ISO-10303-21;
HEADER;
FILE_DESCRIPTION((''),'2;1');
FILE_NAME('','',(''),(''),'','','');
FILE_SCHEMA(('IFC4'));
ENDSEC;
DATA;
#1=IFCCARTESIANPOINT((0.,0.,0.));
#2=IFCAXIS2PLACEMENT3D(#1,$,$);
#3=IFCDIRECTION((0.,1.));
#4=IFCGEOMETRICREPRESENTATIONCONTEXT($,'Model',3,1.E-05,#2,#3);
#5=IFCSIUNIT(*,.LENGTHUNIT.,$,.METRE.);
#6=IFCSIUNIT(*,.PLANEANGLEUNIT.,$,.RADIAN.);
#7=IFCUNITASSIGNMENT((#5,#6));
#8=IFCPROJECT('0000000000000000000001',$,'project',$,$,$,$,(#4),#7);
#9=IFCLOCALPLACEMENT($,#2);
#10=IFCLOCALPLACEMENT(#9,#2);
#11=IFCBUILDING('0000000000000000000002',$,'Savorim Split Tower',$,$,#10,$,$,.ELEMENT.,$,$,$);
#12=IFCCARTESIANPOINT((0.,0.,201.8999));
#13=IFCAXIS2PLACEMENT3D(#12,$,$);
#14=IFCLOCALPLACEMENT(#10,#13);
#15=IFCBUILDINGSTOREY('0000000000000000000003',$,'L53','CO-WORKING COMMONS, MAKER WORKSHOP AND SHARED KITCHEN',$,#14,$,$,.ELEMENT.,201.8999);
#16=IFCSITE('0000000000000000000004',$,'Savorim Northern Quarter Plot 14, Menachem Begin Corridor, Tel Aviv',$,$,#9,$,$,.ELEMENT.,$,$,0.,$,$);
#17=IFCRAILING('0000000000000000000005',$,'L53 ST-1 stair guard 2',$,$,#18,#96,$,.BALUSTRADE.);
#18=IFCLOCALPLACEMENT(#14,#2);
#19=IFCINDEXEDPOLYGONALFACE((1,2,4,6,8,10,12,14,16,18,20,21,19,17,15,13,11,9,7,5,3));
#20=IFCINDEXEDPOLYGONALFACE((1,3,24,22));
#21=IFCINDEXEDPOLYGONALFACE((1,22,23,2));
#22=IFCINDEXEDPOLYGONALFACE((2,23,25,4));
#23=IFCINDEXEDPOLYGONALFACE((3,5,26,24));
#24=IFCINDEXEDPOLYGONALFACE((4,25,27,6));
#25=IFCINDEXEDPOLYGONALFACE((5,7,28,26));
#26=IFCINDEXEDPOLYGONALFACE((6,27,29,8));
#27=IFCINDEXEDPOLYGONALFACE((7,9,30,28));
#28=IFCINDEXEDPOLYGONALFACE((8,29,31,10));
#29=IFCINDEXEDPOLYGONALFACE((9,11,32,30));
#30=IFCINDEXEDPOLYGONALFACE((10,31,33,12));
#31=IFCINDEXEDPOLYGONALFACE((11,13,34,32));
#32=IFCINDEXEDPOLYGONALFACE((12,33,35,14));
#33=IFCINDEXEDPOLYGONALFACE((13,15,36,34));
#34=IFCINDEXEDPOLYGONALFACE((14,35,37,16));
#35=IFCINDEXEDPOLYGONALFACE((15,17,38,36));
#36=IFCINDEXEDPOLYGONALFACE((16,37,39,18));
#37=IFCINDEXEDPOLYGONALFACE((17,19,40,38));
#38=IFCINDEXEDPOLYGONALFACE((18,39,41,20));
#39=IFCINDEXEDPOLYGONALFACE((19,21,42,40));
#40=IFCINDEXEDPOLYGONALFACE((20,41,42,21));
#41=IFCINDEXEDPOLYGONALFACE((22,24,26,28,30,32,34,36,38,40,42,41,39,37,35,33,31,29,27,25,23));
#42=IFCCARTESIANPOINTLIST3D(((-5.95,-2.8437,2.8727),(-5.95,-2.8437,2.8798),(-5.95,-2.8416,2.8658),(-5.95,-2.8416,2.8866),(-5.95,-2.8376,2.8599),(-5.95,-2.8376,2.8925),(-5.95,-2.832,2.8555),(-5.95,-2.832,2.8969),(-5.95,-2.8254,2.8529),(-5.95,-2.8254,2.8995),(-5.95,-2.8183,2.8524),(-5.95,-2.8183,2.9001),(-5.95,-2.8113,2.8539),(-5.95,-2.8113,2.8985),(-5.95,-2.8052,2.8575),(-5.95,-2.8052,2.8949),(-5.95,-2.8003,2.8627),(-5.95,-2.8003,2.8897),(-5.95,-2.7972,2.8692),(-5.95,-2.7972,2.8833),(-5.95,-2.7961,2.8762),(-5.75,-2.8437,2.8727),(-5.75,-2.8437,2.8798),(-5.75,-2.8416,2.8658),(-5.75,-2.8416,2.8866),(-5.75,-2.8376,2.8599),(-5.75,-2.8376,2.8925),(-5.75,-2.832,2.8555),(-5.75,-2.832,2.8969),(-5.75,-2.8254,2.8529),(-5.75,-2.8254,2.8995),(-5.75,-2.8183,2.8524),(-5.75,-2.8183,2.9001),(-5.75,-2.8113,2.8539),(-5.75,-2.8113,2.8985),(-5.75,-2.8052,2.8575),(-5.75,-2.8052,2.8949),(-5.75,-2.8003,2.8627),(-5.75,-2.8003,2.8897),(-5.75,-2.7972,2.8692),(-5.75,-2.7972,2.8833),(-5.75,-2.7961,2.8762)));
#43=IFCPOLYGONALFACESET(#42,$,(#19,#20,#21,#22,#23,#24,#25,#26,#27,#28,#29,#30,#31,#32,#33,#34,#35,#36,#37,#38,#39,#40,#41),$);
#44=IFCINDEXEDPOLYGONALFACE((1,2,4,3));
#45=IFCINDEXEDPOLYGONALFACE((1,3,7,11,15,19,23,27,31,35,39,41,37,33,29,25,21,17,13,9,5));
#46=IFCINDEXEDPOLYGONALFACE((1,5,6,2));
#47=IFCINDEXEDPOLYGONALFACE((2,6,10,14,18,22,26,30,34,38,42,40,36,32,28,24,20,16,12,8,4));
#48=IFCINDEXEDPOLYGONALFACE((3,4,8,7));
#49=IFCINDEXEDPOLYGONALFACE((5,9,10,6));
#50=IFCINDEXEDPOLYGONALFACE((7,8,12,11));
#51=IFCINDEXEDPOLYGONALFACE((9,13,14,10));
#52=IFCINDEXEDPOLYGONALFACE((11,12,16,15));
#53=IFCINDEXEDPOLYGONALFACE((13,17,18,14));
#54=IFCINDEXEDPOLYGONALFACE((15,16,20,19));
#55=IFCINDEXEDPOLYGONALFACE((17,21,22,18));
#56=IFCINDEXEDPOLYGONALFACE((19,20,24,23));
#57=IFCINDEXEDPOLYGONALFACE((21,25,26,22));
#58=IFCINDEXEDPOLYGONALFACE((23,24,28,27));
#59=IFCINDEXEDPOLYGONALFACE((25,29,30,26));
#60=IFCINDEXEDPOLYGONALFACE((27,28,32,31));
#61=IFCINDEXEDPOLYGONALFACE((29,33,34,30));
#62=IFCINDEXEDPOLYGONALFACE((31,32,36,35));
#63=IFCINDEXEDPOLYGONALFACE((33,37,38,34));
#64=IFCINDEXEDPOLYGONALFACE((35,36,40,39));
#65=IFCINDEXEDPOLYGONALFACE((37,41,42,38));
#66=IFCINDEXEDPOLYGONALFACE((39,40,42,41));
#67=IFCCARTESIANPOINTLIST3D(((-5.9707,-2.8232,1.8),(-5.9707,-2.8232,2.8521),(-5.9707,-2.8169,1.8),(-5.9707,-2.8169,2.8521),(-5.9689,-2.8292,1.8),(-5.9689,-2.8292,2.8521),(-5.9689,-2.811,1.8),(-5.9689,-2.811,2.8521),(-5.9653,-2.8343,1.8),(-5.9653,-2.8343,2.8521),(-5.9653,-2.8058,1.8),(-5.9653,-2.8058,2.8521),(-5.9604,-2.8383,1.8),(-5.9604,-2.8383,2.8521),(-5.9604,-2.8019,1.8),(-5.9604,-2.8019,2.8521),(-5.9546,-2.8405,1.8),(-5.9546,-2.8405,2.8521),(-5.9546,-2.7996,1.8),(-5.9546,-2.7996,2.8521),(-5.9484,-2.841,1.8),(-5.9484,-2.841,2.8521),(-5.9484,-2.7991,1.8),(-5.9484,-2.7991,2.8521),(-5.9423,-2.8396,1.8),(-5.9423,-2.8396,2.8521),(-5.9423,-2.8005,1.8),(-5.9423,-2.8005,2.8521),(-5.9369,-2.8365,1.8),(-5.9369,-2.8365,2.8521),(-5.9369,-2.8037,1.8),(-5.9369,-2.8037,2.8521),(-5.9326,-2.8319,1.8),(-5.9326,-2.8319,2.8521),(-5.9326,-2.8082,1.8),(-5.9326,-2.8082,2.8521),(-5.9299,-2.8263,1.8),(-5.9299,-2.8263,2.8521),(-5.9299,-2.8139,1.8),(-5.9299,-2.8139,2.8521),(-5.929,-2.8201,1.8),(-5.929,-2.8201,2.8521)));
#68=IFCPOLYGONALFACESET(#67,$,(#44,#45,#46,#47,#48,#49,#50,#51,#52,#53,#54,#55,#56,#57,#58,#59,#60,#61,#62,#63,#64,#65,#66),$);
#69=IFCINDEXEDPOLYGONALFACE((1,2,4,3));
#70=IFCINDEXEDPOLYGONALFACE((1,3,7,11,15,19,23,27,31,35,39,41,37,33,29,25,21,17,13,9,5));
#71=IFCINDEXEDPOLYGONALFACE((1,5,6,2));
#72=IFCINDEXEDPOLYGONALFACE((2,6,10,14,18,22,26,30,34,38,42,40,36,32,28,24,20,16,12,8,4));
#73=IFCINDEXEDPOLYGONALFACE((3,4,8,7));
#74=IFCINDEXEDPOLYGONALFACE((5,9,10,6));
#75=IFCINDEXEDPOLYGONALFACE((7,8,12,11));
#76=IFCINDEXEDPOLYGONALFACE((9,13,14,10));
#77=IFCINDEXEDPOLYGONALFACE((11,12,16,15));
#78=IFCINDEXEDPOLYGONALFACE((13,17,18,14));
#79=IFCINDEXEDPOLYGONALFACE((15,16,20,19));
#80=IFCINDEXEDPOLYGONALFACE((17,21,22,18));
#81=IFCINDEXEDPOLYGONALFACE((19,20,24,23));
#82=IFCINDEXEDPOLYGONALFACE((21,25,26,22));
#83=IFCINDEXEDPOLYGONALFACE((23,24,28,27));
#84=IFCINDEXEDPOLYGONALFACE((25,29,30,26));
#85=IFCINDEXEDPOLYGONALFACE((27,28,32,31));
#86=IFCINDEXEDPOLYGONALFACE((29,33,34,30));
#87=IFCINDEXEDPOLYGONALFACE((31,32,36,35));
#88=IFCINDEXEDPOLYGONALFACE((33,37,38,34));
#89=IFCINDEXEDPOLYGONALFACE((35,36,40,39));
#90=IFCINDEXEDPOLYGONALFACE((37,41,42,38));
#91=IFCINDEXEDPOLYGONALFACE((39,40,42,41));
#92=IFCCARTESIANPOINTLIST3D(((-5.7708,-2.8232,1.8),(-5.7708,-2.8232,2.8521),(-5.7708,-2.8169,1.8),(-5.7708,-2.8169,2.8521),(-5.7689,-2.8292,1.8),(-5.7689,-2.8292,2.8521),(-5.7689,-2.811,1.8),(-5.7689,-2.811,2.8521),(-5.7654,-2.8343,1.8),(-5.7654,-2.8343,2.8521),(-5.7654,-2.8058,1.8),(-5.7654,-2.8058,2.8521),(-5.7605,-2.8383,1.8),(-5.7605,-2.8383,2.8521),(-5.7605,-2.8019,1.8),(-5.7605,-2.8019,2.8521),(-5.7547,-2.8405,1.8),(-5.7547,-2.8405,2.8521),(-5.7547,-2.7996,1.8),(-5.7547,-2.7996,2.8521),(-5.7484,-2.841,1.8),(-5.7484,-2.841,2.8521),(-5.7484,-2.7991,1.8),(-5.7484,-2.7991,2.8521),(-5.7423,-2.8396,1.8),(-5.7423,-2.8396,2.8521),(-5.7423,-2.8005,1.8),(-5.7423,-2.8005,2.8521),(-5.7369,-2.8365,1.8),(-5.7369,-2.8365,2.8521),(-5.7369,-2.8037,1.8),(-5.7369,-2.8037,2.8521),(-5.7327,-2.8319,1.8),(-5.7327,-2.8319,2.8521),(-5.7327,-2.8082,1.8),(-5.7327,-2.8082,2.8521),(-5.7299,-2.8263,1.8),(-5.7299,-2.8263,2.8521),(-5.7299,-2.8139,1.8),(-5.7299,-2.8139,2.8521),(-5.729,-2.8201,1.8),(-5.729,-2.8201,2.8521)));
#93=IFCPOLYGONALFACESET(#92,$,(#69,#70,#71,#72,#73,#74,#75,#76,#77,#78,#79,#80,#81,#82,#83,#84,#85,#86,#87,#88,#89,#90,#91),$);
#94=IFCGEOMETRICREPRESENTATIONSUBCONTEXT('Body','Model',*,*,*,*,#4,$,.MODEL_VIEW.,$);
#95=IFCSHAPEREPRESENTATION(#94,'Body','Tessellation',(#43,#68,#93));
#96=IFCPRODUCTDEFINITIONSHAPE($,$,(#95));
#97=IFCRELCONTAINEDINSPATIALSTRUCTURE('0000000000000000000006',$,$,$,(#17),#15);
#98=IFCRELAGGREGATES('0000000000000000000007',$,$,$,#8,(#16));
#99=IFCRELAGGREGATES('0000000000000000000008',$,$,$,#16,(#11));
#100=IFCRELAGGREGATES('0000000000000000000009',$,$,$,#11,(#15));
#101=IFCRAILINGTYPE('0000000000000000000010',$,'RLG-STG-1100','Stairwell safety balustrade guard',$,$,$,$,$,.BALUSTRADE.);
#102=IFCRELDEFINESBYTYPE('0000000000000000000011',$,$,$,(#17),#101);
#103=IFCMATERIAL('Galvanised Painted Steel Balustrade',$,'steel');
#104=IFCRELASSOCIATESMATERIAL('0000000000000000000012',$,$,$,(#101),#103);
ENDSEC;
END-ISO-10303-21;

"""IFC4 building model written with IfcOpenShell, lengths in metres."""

from ifc_helpers import new_model, si_unit, direction, frame, origin, origin_2d, place, context, subcontext, project, spatial, circle, extrude, material, type_object, element, save


model = new_model("IFC4")

# Units and contexts
model_context = context("Model", 3, precision=1e-05, world=origin(), true_north=direction((0.0, 1.0)))
body_context = subcontext(model_context, "Body", "Model", "MODEL_VIEW")
ifc_project = project(units=[si_unit("LENGTHUNIT", "METRE"), si_unit("PLANEANGLEUNIT", "RADIAN")], contexts=[model_context])

# Site, building, storey
site_placement = place(None, origin())
site = spatial("IfcSite", under=ifc_project, at=site_placement, Name="Savorim Northern Quarter Plot 14, Menachem Begin Corridor, Tel Aviv", CompositionType="ELEMENT", RefElevation=0.0)
building_placement = place(site_placement, origin())
building = spatial("IfcBuilding", under=site, at=building_placement, Name="Savorim Split Tower", CompositionType="ELEMENT")
storey_placement = place(building_placement, frame((0.0, 0.0, 201.8999)))
storey = spatial("IfcBuildingStorey", under=building, at=storey_placement, Name="L53", Description="CO-WORKING COMMONS, MAKER WORKSHOP AND SHARED KITCHEN", CompositionType="ELEMENT", Elevation=201.8999)

# Railing
ifc_material_1 = material(Name="Galvanised Painted Steel Balustrade", Category="steel")
railing_type_1 = type_object("IfcRailingType", Name="RLG-STG-1100", Description="Stairwell safety balustrade guard", PredefinedType="BALUSTRADE", material=ifc_material_1)
railing_1_placement = place(storey_placement, frame((-5.95, -2.8201, 1.8)))
element("IfcRailing", 1, at=railing_1_placement, inside=storey, type_object=railing_type_1, Name="L53 ST-1 stair guard 2", PredefinedType="BALUSTRADE", context=body_context, shape_type="SweptSolid", body=[
    extrude(circle(Radius=0.0239, at=origin_2d()), frame((0.0, 0.0, 1.0762), z_axis=(1.0, 0.0, 0.0), x_axis=(0.0, 1.0, 0.0)), (0.0, 0.0, 1.0), 0.2),
    extrude(circle(Radius=0.021, at=origin_2d()), origin(), (0.0, 0.0, 1.0), 1.052),
    extrude(circle(Radius=0.021, at=origin_2d()), frame((0.2, 0.0, 0.0)), (0.0, 0.0, 1.0), 1.052),
])

save(model, "model.ifc")
